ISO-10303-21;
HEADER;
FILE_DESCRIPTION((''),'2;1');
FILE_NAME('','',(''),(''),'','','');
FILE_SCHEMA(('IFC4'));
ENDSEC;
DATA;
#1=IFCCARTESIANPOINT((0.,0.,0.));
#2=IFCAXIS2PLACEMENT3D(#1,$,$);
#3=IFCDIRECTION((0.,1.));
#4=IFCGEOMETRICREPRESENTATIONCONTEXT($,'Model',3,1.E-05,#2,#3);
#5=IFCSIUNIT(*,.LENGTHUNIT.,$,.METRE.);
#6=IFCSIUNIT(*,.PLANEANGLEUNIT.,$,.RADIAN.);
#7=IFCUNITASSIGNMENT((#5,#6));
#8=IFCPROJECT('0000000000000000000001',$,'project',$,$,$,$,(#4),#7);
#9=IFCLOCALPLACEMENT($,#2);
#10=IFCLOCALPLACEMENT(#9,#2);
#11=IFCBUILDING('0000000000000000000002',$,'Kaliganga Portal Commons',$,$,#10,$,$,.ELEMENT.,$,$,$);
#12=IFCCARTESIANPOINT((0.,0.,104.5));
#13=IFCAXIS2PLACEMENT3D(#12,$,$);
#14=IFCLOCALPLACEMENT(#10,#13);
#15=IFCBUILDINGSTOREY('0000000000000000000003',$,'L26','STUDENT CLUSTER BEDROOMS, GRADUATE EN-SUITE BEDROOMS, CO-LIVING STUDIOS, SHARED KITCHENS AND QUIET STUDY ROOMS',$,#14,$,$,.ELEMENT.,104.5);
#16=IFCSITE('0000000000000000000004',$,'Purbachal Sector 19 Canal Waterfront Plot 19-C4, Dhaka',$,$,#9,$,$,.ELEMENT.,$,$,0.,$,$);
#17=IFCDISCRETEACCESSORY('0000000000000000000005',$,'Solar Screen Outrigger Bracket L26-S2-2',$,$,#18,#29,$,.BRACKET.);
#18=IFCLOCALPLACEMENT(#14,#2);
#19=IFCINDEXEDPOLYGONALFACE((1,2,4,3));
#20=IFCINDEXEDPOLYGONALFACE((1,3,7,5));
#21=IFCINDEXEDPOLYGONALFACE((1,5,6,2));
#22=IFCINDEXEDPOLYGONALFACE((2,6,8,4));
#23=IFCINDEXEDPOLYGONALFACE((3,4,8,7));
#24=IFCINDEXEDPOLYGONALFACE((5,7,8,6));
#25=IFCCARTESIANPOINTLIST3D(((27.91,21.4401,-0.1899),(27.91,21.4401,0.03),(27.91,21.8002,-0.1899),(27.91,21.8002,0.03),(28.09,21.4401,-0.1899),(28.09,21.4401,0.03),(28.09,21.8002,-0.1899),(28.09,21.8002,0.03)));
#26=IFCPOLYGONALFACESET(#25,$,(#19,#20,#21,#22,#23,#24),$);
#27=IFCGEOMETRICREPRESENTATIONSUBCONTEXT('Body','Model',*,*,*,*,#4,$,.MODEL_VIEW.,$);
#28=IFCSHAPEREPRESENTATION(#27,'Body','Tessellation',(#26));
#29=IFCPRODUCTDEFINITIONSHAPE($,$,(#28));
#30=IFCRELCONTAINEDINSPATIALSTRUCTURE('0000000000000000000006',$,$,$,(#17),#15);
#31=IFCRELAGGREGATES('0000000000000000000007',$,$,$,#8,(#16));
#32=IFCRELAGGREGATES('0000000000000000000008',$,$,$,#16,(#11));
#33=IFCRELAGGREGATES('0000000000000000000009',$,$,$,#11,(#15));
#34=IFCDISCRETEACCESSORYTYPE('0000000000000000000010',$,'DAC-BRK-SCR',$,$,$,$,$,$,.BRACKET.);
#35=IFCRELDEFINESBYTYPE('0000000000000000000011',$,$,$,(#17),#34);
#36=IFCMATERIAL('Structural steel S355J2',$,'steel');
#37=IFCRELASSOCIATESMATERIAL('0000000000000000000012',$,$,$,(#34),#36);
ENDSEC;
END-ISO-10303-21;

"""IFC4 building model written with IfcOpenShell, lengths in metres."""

from ifc_helpers import new_model, si_unit, direction, frame, origin, origin_2d, place, context, subcontext, project, spatial, rectangle, extrude, source, transform, mapped, material, type_object, element, save


model = new_model("IFC4")

# Units and contexts
model_context = context("Model", 3, precision=1e-05, world=origin(), true_north=direction((0.0, 1.0)))
body_context = subcontext(model_context, "Body", "Model", "MODEL_VIEW")
ifc_project = project(units=[si_unit("LENGTHUNIT", "METRE"), si_unit("PLANEANGLEUNIT", "RADIAN")], contexts=[model_context])

# Site, building, storey
site_placement = place(None, origin())
site = spatial("IfcSite", under=ifc_project, at=site_placement, Name="Purbachal Sector 19 Canal Waterfront Plot 19-C4, Dhaka", CompositionType="ELEMENT", RefElevation=0.0)
building_placement = place(site_placement, origin())
building = spatial("IfcBuilding", under=site, at=building_placement, Name="Kaliganga Portal Commons", CompositionType="ELEMENT")
storey_placement = place(building_placement, frame((0.0, 0.0, 104.5)))
storey = spatial("IfcBuildingStorey", under=building, at=storey_placement, Name="L26", Description="STUDENT CLUSTER BEDROOMS, GRADUATE EN-SUITE BEDROOMS, CO-LIVING STUDIOS, SHARED KITCHENS AND QUIET STUDY ROOMS", CompositionType="ELEMENT", Elevation=104.5)

# Shared definitions
ifc_material_1 = material(Name="Structural steel S355J2", Category="steel")

# Discrete accessory
discrete_accessory_type = type_object("IfcDiscreteAccessoryType", Name="DAC-BRK-SCR", PredefinedType="BRACKET", material=ifc_material_1)
shared_shape_1 = source(origin(), body_context, "Body", "SweptSolid", [
    extrude(rectangle(XDim=0.1799, YDim=0.3601, at=origin_2d()), origin(), (0.0, 0.0, 1.0), 0.22),
])
for number, where, z_axis, x_axis, name in (
    (1, (28.0, 21.6201, -0.1899), (0.0, 0.0, 1.0), (1.0, 0.0, 0.0), "Solar Screen Outrigger Bracket L26-S2-2"),
):
    element("IfcDiscreteAccessory", number, at=place(storey_placement, frame(where, z_axis=z_axis, x_axis=x_axis)), inside=storey, type_object=discrete_accessory_type, Name=name, PredefinedType="BRACKET", context=body_context, shape_type="MappedRepresentation", body=[
        mapped(shared_shape_1, transform((0.0, 0.0, 0.0), x_axis=(1.0, 0.0, 0.0), y_axis=(0.0, 1.0, 0.0), z_axis=(0.0, 0.0, 1.0), scale=1.0)),
    ])

save(model, "model.ifc")
